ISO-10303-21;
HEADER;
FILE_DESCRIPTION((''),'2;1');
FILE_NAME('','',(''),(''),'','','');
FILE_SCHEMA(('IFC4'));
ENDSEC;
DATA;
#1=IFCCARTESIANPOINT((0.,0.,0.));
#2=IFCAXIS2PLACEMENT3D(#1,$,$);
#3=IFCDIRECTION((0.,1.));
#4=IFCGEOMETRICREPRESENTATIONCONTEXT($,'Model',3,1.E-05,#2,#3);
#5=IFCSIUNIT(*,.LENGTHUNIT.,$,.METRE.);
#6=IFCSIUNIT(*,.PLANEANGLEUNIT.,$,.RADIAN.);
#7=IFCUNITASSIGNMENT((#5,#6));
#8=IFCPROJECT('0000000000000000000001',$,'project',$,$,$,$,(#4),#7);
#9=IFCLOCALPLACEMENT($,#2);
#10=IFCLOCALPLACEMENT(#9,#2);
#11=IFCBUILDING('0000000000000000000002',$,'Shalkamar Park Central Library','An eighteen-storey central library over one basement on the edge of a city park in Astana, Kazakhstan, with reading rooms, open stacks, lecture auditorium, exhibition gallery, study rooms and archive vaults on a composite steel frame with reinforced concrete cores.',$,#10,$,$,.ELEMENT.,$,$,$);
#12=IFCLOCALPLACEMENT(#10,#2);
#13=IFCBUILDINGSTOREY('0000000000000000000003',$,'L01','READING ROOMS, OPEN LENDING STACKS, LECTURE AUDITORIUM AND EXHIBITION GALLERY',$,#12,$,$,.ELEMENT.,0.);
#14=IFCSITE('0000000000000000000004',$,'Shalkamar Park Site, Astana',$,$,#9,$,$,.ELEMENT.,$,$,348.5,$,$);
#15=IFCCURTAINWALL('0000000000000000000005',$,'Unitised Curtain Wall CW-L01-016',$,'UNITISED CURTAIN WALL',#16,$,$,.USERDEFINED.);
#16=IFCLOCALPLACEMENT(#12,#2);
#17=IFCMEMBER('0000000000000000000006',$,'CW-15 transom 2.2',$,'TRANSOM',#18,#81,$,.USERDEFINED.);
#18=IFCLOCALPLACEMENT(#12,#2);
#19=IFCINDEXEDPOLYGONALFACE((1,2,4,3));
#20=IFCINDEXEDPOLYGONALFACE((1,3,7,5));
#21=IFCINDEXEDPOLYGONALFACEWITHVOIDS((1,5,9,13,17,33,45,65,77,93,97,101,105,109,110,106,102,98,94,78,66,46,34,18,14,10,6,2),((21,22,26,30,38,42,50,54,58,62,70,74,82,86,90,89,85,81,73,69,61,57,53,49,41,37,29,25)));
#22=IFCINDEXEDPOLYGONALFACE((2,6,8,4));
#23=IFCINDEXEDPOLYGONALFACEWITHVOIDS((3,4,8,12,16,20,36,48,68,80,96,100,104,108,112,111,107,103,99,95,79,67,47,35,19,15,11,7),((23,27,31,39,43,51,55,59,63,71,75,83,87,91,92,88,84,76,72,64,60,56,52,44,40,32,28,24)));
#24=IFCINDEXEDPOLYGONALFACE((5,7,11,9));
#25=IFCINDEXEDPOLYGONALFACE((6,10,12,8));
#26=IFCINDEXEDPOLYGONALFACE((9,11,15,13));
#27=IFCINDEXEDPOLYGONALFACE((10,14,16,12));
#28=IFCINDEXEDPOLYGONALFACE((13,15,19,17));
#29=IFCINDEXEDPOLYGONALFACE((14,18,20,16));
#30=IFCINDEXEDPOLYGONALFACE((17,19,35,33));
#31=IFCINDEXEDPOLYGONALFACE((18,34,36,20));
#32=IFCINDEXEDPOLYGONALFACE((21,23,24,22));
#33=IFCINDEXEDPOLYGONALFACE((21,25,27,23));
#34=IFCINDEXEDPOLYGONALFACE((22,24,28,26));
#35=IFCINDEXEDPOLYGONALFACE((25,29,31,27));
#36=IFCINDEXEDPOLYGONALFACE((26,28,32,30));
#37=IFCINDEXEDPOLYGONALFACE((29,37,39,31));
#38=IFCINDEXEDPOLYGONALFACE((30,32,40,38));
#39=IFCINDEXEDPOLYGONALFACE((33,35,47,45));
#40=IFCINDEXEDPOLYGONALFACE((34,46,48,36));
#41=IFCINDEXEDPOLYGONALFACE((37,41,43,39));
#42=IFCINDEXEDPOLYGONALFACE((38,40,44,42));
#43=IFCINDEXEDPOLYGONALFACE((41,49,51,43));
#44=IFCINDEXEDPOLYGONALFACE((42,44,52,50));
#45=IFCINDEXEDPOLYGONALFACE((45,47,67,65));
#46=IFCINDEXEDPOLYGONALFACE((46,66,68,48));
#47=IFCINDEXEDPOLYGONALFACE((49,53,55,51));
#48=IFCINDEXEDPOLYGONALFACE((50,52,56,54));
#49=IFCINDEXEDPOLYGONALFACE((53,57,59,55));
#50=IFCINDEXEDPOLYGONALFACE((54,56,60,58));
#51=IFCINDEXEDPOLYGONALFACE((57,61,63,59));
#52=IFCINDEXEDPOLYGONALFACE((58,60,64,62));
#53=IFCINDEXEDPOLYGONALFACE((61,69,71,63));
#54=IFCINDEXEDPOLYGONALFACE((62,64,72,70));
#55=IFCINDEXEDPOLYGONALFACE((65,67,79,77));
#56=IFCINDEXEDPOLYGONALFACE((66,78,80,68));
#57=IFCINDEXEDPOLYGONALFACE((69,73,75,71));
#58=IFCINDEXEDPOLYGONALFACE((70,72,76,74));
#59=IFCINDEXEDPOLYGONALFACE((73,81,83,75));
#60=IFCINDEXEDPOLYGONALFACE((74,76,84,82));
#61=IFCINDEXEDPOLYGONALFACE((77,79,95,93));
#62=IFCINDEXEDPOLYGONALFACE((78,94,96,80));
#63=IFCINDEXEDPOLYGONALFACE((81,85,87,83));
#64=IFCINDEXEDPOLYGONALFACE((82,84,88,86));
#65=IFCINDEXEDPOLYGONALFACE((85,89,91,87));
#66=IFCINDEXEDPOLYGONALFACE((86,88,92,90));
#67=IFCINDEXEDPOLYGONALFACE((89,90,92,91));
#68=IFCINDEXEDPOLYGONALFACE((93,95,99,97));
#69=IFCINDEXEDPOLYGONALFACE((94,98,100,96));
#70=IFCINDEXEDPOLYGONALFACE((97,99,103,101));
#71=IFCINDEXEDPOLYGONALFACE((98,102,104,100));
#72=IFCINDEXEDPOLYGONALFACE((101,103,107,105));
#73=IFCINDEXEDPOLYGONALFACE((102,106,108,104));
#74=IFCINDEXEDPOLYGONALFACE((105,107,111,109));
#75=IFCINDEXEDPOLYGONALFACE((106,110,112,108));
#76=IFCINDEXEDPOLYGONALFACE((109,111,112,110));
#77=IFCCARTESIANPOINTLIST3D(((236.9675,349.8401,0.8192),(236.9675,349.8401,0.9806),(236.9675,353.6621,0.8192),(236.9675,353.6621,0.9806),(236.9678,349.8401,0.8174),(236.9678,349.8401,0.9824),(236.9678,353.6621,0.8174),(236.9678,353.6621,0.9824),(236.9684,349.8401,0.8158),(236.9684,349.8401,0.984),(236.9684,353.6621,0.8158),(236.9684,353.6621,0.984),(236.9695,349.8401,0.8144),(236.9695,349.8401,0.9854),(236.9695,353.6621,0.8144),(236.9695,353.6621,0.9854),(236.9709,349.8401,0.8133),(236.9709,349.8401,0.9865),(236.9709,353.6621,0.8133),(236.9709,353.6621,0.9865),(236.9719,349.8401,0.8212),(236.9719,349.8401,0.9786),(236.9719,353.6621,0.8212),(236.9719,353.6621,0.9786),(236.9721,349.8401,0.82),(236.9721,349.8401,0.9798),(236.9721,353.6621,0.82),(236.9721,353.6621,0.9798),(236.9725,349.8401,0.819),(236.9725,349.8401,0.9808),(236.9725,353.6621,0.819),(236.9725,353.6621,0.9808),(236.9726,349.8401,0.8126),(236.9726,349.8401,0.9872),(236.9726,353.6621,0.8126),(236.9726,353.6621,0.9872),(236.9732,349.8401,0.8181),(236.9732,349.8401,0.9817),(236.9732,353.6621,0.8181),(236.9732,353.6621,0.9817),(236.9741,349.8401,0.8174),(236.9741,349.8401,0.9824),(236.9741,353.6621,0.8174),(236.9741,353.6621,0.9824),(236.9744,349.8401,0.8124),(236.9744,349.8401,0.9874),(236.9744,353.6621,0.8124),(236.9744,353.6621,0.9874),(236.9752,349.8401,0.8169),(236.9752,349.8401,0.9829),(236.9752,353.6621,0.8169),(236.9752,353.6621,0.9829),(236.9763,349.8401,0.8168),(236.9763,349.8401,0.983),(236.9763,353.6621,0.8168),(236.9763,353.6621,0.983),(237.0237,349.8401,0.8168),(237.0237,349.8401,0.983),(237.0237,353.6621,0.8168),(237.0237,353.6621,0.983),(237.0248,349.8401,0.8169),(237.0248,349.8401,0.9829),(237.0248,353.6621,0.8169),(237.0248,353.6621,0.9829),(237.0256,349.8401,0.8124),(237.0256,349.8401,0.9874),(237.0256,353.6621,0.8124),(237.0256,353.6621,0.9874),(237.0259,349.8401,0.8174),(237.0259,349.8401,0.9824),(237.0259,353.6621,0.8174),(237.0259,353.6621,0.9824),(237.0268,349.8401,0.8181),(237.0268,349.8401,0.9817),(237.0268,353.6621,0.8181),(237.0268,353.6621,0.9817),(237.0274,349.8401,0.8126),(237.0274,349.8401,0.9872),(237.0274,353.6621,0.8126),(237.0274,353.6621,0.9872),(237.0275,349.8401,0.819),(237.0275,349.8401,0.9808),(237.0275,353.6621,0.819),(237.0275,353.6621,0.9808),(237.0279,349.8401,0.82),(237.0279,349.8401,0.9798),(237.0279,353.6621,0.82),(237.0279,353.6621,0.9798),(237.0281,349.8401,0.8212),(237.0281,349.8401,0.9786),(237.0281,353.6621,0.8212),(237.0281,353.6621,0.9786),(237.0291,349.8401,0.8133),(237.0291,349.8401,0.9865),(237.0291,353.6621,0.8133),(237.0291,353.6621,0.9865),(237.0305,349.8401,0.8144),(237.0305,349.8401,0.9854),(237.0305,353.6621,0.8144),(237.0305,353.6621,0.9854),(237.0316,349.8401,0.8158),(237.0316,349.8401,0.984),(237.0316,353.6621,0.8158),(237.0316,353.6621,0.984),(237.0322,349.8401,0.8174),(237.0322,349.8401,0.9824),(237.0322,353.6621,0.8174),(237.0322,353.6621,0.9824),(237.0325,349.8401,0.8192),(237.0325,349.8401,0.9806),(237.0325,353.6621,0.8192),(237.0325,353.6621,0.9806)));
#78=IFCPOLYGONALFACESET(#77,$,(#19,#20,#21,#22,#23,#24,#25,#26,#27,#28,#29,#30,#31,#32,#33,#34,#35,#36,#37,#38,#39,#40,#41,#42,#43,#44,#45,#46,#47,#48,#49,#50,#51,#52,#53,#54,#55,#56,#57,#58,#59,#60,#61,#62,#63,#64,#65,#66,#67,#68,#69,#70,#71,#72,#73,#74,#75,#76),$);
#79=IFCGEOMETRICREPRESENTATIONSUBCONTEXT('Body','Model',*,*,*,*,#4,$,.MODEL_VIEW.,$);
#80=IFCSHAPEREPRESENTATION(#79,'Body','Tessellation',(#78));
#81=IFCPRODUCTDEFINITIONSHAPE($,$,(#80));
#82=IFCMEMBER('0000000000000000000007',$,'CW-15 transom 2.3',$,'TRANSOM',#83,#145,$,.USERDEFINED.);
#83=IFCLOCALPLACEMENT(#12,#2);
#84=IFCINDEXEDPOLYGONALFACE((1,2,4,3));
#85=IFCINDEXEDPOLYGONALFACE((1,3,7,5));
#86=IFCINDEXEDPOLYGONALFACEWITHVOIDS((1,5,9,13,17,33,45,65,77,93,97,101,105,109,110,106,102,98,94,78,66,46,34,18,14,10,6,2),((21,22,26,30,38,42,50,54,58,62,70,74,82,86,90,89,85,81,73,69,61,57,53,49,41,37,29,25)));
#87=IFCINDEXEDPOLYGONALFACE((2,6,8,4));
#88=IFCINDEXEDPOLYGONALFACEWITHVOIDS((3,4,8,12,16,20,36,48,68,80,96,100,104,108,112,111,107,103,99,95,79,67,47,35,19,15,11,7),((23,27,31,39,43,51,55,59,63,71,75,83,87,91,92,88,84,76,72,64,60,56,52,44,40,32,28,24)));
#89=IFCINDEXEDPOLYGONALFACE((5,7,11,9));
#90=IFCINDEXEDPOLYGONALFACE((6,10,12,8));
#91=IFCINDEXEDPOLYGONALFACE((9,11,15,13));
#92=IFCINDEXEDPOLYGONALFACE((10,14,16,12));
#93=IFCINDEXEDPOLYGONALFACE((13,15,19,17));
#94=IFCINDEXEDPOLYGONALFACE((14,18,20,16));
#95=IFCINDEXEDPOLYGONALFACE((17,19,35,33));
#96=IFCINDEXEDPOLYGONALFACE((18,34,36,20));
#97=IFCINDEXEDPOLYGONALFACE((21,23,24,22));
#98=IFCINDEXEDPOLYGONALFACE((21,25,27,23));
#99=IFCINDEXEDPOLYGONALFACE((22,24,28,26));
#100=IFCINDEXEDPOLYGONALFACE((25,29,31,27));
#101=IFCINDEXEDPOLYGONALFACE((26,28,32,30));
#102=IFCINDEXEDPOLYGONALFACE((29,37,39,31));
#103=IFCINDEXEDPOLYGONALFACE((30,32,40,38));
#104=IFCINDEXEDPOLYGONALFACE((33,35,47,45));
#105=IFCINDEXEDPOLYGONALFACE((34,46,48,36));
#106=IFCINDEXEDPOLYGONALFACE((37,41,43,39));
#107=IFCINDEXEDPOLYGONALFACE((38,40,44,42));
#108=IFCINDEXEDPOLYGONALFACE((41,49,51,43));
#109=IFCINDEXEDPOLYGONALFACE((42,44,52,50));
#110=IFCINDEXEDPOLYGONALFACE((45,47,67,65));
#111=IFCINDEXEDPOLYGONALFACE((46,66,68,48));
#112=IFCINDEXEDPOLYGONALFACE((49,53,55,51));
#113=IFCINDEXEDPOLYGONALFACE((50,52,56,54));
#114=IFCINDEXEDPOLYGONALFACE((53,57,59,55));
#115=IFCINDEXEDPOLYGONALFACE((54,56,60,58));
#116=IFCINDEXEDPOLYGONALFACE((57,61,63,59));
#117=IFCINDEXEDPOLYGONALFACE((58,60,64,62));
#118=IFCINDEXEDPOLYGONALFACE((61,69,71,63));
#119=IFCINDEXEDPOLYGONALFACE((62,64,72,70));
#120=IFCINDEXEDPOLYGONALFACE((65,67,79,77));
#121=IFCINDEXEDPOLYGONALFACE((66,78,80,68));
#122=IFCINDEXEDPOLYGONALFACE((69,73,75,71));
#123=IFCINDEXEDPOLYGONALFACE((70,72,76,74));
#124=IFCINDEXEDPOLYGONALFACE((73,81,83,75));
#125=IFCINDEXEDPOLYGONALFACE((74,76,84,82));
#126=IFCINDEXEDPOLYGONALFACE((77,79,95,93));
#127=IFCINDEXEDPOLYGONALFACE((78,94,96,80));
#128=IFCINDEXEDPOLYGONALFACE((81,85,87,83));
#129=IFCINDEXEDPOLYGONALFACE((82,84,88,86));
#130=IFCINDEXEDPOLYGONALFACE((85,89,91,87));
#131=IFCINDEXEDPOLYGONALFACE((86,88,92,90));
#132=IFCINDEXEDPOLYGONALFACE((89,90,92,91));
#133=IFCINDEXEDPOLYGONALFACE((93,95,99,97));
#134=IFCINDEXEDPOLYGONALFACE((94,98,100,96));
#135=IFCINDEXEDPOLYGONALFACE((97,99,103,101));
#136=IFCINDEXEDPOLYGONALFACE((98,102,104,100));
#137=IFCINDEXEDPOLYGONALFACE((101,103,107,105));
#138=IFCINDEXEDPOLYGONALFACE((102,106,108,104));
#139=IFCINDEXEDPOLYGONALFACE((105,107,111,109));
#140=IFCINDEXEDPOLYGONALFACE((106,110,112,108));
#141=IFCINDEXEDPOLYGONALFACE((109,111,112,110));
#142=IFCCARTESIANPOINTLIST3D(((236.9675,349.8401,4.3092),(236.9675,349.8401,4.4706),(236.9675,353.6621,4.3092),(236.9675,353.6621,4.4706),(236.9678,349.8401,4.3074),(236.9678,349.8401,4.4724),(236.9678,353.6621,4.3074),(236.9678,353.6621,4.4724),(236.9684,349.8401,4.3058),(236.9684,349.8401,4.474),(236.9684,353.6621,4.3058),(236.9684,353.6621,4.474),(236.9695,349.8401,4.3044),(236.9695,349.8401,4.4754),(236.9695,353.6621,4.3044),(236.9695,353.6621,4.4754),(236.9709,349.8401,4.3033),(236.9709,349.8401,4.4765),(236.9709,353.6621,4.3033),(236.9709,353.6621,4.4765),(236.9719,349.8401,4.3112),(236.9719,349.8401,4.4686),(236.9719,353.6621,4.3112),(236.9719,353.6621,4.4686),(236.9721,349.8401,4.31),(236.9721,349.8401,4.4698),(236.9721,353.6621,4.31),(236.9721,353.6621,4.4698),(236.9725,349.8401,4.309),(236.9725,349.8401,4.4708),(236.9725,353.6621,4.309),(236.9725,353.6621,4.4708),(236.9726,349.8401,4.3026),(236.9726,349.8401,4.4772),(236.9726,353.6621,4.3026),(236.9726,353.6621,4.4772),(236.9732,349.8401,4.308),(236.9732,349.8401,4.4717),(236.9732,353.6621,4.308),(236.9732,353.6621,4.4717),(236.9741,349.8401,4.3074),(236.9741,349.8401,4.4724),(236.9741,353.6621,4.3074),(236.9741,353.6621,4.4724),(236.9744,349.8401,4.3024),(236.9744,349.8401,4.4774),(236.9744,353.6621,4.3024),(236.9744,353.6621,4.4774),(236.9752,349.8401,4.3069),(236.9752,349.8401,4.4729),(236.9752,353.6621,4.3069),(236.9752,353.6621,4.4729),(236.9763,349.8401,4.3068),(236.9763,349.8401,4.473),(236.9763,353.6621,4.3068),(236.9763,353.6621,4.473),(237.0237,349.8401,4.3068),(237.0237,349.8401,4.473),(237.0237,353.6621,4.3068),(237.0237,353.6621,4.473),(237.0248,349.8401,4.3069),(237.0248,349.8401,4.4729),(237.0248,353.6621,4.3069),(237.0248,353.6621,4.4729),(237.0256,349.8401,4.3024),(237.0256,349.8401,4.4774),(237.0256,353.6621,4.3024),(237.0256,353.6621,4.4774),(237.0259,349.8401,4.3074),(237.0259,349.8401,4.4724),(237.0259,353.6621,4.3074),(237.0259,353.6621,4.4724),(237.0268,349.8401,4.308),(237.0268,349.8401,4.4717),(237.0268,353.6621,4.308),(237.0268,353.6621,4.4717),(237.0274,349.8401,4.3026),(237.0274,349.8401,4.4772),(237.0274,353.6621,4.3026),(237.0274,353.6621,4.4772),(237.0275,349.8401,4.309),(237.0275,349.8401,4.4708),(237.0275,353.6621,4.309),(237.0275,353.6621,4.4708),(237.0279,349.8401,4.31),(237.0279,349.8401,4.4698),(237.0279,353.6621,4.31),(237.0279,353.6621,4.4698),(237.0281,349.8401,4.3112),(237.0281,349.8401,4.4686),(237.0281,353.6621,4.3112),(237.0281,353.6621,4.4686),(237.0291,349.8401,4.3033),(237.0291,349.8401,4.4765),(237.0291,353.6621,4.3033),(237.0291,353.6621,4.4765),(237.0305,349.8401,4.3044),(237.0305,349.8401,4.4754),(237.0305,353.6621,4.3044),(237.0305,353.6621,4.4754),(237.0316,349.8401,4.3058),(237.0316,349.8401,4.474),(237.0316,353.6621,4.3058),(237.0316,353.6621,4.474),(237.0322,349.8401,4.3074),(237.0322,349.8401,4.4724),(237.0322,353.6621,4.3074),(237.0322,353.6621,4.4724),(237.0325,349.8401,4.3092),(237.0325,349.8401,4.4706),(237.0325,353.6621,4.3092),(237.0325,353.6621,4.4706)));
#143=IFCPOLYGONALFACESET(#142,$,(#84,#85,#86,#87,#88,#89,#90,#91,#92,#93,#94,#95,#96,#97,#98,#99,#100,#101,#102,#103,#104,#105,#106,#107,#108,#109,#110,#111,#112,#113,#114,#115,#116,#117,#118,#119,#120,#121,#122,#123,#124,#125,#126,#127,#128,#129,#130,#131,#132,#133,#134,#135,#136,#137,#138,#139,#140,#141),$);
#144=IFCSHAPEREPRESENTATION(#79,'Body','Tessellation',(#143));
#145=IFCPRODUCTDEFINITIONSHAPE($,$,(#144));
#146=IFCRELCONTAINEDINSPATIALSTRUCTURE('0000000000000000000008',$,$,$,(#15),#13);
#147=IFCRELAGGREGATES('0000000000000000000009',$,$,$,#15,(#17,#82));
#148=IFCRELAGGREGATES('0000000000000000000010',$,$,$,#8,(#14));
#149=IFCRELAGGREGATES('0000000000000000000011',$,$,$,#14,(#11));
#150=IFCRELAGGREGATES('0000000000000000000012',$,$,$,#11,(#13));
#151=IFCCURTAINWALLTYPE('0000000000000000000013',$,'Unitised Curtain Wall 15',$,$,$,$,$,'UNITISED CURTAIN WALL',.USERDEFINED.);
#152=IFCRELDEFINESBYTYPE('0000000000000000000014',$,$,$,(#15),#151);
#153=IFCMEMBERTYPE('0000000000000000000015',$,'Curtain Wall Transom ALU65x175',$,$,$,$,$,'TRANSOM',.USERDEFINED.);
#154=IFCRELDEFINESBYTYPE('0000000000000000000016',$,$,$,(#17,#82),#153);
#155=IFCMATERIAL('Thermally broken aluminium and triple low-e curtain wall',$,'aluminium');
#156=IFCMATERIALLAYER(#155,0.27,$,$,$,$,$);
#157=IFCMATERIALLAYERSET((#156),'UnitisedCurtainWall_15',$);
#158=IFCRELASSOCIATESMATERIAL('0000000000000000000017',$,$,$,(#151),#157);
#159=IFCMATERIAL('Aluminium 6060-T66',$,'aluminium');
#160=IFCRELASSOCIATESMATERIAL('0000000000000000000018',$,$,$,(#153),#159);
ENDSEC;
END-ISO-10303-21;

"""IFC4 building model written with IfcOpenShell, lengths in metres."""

from ifc_helpers import new_model, si_unit, direction, frame, origin, origin_2d, place, context, subcontext, project, spatial, hollow_rectangle, extrude, material, layer, layer_set, material_profile, profile_set, type_object, element, aggregate, save


model = new_model("IFC4")

# Units and contexts
model_context = context("Model", 3, precision=1e-05, world=origin(), true_north=direction((0.0, 1.0)))
body_context = subcontext(model_context, "Body", "Model", "MODEL_VIEW")
ifc_project = project(units=[si_unit("LENGTHUNIT", "METRE"), si_unit("PLANEANGLEUNIT", "RADIAN")], contexts=[model_context])

# Site, building, storey
site_placement = place(None, origin())
site = spatial("IfcSite", under=ifc_project, at=site_placement, Name="Shalkamar Park Site, Astana", CompositionType="ELEMENT", RefElevation=348.5)
building_placement = place(site_placement, origin())
building = spatial("IfcBuilding", under=site, at=building_placement, Name="Shalkamar Park Central Library", Description="An eighteen-storey central library over one basement on the edge of a city park in Astana, Kazakhstan, with reading rooms, open stacks, lecture auditorium, exhibition gallery, study rooms and archive vaults on a composite steel frame with reinforced concrete cores.", CompositionType="ELEMENT")
storey_placement = place(building_placement, origin())
storey = spatial("IfcBuildingStorey", under=building, at=storey_placement, Name="L01", Description="READING ROOMS, OPEN LENDING STACKS, LECTURE AUDITORIUM AND EXHIBITION GALLERY", CompositionType="ELEMENT", Elevation=0.0)

# Curtain wall
ifc_material_1 = material(Name="Thermally broken aluminium and triple low-e curtain wall", Category="aluminium")
ifc_layer_1 = layer(ifc_material_1, 0.27)
ifc_layer_set_1 = layer_set([ifc_layer_1], Name="UnitisedCurtainWall_15")
curtain_wall_type_1 = type_object("IfcCurtainWallType", Name="Unitised Curtain Wall 15", ElementType="UNITISED CURTAIN WALL", PredefinedType="USERDEFINED", material=ifc_layer_set_1)
curtain_wall_1_placement = place(storey_placement, origin())
curtain_wall_1 = element("IfcCurtainWall", 1, at=curtain_wall_1_placement, inside=storey, type_object=curtain_wall_type_1, Name="Unitised Curtain Wall CW-L01-016", ObjectType="UNITISED CURTAIN WALL", PredefinedType="USERDEFINED")
ifc_material_2 = material(Name="Aluminium 6060-T66", Category="aluminium")

# Members
ifc_material_profile_1 = material_profile(ifc_material_2, hollow_rectangle(XDim=0.0649, YDim=0.175, WallThickness=0.0044, InnerFilletRadius=0.0044, OuterFilletRadius=0.0068, at=origin_2d()), Name="ALU 65x175x4.5")
ifc_profile_set_1 = profile_set([ifc_material_profile_1], Name="Aluminium 6060-T66")
member_type_1 = type_object("IfcMemberType", Name="Curtain Wall Transom ALU65x175", ElementType="TRANSOM", PredefinedType="USERDEFINED", material=ifc_profile_set_1)
member_1_placement = place(storey_placement, frame((237.0, 349.8401, 0.8999), z_axis=(0.0, 1.0, 0.0), x_axis=(-1.0, 0.0, 0.0)))
member_1 = element("IfcMember", 2, at=member_1_placement, type_object=member_type_1, Name="CW-15 transom 2.2", ObjectType="TRANSOM", PredefinedType="USERDEFINED", context=body_context, shape_type="SweptSolid", body=[
    extrude(hollow_rectangle(XDim=0.0649, YDim=0.175, WallThickness=0.0044, InnerFilletRadius=0.0044, OuterFilletRadius=0.0068, at=origin_2d()), origin(), (0.0, 0.0, 1.0), 3.822),
])
member_2_placement = place(storey_placement, frame((237.0, 349.8401, 4.3899), z_axis=(0.0, 1.0, 0.0), x_axis=(-1.0, 0.0, 0.0)))
member_2 = element("IfcMember", 3, at=member_2_placement, type_object=member_type_1, Name="CW-15 transom 2.3", ObjectType="TRANSOM", PredefinedType="USERDEFINED", context=body_context, shape_type="SweptSolid", body=[
    extrude(hollow_rectangle(XDim=0.0649, YDim=0.175, WallThickness=0.0044, InnerFilletRadius=0.0044, OuterFilletRadius=0.0068, at=origin_2d()), origin(), (0.0, 0.0, 1.0), 3.822),
])

aggregate(curtain_wall_1, [member_1, member_2])

save(model, "model.ifc")
